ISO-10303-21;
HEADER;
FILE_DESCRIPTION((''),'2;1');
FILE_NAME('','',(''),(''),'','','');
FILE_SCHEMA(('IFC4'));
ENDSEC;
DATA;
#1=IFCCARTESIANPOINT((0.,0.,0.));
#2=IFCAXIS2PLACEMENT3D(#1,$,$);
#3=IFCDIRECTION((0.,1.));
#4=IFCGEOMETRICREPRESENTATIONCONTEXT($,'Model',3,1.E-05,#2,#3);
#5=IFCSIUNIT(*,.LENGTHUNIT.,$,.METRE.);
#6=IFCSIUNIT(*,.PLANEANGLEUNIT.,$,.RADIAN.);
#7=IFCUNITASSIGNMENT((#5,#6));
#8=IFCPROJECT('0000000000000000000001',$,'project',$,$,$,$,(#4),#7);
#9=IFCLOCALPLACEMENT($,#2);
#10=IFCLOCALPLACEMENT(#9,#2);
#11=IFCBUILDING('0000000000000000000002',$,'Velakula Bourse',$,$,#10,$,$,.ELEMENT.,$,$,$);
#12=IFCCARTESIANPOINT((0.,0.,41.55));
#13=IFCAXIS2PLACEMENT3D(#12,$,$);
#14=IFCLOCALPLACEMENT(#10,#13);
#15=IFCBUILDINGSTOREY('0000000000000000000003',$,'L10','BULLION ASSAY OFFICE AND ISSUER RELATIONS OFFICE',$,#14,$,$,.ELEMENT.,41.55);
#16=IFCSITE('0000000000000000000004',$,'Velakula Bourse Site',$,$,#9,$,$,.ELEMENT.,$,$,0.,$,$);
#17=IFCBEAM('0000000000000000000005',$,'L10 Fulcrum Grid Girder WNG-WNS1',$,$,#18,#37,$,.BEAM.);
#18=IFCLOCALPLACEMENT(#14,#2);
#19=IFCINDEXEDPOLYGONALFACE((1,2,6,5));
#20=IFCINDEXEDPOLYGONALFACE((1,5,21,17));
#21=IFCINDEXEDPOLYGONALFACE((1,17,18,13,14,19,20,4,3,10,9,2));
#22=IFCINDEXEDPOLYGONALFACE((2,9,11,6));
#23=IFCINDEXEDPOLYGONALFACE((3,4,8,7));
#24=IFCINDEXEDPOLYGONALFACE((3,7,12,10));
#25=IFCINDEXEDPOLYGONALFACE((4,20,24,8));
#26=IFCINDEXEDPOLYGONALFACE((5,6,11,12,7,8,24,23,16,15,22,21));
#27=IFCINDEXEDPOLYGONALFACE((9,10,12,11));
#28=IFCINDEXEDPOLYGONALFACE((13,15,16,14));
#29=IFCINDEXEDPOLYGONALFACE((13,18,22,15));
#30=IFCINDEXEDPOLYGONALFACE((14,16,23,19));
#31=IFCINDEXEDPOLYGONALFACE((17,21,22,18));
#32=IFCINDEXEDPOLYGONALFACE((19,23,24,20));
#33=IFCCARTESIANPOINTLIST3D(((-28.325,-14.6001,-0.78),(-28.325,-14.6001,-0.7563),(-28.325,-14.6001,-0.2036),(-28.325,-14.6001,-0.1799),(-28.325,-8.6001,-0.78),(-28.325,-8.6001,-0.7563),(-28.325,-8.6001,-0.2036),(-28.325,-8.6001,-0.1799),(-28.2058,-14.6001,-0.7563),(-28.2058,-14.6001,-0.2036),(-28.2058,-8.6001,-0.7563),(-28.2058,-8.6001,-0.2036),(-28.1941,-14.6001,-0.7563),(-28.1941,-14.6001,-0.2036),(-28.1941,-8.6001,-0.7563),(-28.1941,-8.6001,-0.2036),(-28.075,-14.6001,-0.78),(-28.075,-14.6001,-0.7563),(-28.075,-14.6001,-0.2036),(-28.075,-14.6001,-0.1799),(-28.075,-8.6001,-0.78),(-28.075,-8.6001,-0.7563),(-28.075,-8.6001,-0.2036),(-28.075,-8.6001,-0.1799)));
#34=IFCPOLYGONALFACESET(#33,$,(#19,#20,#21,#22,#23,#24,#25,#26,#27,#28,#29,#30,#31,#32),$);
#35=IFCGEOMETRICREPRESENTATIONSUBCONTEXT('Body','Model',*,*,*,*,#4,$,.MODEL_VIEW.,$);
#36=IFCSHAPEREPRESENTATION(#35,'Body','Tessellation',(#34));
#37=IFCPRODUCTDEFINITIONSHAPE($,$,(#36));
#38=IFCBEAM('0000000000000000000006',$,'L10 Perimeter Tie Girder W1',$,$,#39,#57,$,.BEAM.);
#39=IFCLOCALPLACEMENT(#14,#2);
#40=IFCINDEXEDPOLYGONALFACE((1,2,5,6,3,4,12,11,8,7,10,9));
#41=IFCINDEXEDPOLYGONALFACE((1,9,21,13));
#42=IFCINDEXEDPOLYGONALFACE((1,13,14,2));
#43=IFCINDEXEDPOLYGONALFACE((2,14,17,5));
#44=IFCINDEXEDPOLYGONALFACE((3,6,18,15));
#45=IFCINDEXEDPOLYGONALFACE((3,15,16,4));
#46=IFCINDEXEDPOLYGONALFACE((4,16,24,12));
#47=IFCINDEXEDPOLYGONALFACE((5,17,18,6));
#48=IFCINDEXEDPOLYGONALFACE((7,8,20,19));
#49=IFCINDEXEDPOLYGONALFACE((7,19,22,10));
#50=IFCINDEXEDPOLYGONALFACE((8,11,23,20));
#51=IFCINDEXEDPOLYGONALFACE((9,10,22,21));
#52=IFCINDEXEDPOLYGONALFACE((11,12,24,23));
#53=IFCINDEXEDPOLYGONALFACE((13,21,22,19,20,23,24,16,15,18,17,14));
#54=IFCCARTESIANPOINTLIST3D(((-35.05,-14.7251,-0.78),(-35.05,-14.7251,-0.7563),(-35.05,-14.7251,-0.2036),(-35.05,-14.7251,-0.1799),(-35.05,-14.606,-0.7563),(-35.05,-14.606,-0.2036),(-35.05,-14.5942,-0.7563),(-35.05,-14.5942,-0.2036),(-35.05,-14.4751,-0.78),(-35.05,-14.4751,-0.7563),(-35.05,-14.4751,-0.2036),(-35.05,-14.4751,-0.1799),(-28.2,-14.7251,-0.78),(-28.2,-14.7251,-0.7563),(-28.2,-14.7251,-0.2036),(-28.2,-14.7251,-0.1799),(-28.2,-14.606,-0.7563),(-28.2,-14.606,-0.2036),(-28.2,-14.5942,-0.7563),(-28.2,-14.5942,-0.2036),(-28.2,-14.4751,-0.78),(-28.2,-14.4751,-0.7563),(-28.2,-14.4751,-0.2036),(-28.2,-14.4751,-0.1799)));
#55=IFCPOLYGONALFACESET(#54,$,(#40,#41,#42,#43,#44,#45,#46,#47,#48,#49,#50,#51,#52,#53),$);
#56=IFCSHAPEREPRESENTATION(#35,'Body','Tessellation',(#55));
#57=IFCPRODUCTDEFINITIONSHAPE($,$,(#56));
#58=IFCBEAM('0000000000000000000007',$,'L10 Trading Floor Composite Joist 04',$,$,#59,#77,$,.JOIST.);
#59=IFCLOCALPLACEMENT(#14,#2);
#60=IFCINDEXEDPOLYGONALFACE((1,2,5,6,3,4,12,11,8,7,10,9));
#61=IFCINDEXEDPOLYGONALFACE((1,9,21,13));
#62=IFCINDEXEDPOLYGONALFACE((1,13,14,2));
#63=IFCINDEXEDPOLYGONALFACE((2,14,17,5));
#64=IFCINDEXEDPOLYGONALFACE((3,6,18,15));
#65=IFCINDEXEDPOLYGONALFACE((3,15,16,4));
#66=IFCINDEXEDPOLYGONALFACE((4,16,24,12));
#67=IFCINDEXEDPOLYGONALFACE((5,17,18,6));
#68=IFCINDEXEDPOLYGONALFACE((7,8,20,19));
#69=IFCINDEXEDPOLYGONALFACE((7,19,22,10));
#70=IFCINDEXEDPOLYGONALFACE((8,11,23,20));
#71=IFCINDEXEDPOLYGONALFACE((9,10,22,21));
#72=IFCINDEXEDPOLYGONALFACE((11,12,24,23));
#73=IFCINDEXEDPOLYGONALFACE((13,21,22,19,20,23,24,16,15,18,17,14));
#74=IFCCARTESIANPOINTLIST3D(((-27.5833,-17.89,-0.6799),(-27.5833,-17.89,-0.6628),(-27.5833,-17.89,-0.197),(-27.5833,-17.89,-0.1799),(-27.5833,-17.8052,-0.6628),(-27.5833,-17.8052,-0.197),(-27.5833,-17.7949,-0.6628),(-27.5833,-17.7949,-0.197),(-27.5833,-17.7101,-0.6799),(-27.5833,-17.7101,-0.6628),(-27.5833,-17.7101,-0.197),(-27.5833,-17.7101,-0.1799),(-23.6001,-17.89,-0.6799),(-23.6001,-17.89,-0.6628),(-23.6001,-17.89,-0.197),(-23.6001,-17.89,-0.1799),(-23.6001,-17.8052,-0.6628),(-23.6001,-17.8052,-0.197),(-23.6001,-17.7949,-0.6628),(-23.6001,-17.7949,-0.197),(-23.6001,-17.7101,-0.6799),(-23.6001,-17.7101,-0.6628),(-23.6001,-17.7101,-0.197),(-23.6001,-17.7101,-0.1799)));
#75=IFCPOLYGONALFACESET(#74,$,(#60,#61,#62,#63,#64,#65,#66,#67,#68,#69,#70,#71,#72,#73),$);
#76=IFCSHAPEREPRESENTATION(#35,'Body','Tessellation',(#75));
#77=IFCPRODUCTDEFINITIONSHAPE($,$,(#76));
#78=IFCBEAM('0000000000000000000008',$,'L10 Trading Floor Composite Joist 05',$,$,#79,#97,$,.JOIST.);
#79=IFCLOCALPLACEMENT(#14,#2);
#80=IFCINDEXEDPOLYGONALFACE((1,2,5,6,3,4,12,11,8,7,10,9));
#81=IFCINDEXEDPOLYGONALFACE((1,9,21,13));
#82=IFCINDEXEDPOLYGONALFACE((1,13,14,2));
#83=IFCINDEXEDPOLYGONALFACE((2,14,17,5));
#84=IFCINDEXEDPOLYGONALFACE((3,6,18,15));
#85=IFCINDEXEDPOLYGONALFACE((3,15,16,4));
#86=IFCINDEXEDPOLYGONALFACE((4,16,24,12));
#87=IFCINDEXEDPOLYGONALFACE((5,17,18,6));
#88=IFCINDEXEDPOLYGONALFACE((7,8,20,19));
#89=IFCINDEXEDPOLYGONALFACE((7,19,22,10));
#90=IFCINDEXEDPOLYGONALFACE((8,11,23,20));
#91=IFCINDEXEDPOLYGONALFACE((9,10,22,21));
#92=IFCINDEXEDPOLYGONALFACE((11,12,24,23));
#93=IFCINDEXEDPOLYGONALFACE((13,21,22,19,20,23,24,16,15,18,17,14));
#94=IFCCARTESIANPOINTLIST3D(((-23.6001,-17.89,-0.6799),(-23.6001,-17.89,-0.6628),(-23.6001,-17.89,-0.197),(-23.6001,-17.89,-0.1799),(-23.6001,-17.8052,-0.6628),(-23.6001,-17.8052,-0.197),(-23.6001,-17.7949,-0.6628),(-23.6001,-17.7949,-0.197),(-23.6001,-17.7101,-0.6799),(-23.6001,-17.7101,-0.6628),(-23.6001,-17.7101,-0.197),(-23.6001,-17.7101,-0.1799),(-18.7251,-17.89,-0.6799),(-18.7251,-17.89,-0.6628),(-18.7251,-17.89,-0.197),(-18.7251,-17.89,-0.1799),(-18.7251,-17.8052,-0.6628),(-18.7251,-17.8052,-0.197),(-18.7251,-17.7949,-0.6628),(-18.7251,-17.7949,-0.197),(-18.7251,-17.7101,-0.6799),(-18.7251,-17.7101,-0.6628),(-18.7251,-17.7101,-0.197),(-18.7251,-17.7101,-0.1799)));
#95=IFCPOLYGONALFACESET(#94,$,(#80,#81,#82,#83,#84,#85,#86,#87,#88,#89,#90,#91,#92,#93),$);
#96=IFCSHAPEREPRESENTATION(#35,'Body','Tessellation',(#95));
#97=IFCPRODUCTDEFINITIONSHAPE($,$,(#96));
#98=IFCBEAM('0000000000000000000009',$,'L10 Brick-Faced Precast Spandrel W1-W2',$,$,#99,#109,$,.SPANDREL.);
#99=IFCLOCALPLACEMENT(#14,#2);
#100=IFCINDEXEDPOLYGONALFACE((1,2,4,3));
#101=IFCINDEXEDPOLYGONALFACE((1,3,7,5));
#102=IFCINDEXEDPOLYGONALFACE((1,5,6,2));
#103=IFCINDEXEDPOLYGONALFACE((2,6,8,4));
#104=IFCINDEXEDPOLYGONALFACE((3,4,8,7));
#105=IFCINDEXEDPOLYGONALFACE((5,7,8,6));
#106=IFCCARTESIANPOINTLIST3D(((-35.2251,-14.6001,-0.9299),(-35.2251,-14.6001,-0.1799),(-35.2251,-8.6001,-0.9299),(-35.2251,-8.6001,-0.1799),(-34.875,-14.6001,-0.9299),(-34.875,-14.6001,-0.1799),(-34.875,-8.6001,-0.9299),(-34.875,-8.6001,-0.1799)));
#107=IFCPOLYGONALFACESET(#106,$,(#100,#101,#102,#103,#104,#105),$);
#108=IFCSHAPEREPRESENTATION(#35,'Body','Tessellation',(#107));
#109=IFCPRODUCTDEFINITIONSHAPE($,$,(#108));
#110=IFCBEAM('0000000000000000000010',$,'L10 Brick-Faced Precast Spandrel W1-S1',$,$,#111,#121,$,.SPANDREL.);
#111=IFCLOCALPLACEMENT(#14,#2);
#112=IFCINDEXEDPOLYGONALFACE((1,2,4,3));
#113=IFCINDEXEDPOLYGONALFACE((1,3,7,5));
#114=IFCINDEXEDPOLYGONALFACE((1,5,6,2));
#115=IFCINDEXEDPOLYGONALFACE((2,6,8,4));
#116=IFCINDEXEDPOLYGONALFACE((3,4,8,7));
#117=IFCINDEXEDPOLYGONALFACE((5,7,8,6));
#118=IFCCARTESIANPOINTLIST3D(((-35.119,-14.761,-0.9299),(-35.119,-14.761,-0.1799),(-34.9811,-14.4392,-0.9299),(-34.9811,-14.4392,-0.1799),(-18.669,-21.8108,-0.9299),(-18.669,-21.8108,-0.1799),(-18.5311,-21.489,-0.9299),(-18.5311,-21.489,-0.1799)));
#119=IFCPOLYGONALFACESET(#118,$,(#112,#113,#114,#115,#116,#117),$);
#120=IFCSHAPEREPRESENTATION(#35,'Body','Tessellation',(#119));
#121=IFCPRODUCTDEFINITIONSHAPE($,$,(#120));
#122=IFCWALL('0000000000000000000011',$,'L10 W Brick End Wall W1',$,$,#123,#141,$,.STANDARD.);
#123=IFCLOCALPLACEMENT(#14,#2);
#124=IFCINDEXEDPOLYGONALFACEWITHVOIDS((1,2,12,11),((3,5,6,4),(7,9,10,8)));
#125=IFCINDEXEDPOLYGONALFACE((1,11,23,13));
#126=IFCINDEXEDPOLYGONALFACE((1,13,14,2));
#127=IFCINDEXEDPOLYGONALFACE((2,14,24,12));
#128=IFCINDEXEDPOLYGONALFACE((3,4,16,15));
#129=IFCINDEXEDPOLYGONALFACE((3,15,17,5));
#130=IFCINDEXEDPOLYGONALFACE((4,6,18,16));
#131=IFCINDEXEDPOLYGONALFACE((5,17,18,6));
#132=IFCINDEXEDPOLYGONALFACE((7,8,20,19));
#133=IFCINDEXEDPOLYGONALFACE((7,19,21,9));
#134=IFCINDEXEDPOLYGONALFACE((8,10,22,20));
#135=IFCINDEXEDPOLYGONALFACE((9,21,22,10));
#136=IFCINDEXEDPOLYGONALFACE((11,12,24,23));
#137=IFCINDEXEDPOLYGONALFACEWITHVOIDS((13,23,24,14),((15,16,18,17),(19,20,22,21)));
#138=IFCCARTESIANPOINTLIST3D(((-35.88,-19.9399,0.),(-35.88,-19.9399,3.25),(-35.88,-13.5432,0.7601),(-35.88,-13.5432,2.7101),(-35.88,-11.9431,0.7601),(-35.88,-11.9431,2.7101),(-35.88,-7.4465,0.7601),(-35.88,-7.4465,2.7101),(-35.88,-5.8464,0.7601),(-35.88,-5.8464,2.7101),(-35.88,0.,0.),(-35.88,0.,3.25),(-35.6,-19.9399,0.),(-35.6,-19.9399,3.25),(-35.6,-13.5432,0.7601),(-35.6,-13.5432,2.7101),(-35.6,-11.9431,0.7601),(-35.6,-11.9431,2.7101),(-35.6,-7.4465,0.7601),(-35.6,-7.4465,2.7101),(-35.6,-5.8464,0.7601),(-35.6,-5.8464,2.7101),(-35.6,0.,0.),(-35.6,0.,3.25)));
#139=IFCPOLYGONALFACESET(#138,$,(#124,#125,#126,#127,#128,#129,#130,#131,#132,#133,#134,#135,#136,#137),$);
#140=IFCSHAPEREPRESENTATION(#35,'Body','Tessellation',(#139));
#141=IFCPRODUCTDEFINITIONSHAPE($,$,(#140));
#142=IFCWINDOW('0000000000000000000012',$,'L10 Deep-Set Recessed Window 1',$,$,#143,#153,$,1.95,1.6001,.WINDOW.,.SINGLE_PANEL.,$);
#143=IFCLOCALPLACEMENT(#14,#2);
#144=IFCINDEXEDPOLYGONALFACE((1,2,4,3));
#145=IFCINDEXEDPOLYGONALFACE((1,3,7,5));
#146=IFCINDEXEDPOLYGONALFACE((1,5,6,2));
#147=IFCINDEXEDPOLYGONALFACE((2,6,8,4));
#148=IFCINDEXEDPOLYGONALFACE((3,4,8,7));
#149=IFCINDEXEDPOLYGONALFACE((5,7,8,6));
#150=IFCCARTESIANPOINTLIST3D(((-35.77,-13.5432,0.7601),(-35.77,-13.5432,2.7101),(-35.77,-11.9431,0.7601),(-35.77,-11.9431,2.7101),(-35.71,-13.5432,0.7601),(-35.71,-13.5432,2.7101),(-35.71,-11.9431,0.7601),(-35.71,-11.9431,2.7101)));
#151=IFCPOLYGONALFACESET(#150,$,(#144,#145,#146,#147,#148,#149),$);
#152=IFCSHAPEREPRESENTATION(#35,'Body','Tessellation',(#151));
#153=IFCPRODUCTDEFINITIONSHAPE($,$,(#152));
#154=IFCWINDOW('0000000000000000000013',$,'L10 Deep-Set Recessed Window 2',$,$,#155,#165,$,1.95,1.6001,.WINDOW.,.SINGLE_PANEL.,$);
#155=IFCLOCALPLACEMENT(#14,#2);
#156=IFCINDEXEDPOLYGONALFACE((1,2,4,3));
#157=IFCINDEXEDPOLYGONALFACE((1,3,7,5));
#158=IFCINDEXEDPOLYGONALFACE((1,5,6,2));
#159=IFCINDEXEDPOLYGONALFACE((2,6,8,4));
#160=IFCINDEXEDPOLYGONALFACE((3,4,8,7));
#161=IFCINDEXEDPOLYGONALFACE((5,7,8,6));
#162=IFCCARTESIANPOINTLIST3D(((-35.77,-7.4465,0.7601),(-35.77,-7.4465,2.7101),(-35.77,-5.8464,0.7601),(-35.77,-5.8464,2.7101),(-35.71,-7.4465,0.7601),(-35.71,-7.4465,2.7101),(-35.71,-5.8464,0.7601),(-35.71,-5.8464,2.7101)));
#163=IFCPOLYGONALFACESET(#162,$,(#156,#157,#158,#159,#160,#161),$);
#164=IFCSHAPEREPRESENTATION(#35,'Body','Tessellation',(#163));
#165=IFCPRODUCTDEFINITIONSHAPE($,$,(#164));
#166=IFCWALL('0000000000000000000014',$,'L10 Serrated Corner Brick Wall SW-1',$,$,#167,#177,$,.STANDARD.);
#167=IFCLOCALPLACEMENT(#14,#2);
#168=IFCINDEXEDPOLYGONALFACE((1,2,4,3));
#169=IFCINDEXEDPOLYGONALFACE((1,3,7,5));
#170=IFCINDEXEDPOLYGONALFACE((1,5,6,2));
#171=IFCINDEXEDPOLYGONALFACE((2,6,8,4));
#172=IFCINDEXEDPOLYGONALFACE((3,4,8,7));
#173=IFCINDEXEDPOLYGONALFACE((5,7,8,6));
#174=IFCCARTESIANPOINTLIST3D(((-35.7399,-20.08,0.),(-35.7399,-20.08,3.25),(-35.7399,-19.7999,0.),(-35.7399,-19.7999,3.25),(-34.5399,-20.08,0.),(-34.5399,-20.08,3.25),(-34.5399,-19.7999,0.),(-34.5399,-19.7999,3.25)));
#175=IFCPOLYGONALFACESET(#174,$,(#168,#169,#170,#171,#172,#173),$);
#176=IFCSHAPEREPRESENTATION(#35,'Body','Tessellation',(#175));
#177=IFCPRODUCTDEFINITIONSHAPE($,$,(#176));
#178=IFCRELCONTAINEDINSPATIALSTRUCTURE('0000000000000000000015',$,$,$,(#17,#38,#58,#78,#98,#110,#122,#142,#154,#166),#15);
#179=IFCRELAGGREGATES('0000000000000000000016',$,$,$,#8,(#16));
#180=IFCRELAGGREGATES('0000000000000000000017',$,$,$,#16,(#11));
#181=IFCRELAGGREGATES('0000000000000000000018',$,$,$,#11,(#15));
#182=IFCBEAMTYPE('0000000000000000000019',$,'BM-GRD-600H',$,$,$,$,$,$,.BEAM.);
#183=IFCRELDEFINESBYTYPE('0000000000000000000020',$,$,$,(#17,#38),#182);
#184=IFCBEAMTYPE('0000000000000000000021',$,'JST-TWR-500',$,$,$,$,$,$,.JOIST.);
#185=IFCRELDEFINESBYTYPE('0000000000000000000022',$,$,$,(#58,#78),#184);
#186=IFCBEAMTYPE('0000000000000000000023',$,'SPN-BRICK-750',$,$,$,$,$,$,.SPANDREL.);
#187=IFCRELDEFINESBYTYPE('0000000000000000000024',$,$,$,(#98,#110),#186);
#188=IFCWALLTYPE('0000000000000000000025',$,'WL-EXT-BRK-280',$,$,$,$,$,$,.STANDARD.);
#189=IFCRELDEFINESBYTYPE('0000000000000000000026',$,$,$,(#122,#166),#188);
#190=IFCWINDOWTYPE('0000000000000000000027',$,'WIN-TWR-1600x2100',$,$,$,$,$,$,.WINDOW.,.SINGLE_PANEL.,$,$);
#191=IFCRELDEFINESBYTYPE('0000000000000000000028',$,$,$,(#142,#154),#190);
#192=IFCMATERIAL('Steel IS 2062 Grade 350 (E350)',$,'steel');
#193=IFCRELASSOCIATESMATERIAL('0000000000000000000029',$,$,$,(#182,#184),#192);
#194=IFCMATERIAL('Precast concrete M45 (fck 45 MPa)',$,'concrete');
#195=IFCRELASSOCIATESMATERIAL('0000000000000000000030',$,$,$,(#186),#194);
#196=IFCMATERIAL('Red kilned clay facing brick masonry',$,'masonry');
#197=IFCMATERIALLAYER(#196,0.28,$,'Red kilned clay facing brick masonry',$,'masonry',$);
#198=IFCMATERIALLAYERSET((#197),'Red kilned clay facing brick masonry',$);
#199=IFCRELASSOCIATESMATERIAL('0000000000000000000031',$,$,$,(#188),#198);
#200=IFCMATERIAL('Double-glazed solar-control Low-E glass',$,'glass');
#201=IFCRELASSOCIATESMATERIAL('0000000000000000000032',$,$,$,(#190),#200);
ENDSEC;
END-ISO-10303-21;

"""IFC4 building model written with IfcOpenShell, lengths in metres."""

from ifc_helpers import new_model, si_unit, direction, frame, frame_2d, origin, origin_2d, place, context, subcontext, project, spatial, rectangle, i_section, extrude, material, layer, layer_set, material_profile, profile_set, type_object, element, fill, save


model = new_model("IFC4")

# Units and contexts
model_context = context("Model", 3, precision=1e-05, world=origin(), true_north=direction((0.0, 1.0)))
body_context = subcontext(model_context, "Body", "Model", "MODEL_VIEW")
ifc_project = project(units=[si_unit("LENGTHUNIT", "METRE"), si_unit("PLANEANGLEUNIT", "RADIAN")], contexts=[model_context])

# Site, building, storey
site_placement = place(None, origin())
site = spatial("IfcSite", under=ifc_project, at=site_placement, Name="Velakula Bourse Site", CompositionType="ELEMENT", RefElevation=0.0)
building_placement = place(site_placement, origin())
building = spatial("IfcBuilding", under=site, at=building_placement, Name="Velakula Bourse", CompositionType="ELEMENT")
storey_placement = place(building_placement, frame((0.0, 0.0, 41.55)))
storey = spatial("IfcBuildingStorey", under=building, at=storey_placement, Name="L10", Description="BULLION ASSAY OFFICE AND ISSUER RELATIONS OFFICE", CompositionType="ELEMENT", Elevation=41.55)

# Shared definitions
ifc_material_1 = material(Name="Precast concrete M45 (fck 45 MPa)", Category="concrete")

# Beams
ifc_material_2 = material(Name="Steel IS 2062 Grade 350 (E350)", Category="steel")
ifc_material_profile_1 = material_profile(ifc_material_2, i_section(OverallWidth=0.25, OverallDepth=0.6001, WebThickness=0.0117, FlangeThickness=0.0237, at=origin_2d()), Name="Steel IS 2062 Grade 350 (E350)")
ifc_profile_set_1 = profile_set([ifc_material_profile_1], Name="Steel IS 2062 Grade 350 (E350)")
beam_type_1 = type_object("IfcBeamType", Name="BM-GRD-600H", PredefinedType="BEAM", material=ifc_profile_set_1)
beam_1_placement = place(storey_placement, frame((-28.2, -14.6001, -0.48), z_axis=(0.0, 1.0, 0.0), x_axis=(-1.0, 0.0, 0.0)))
element("IfcBeam", 1, at=beam_1_placement, inside=storey, type_object=beam_type_1, Name="L10 Fulcrum Grid Girder WNG-WNS1", PredefinedType="BEAM", context=body_context, shape_type="SweptSolid", body=[
    extrude(i_section(OverallWidth=0.25, OverallDepth=0.6001, WebThickness=0.0117, FlangeThickness=0.0237, at=origin_2d()), origin(), (0.0, 0.0, 1.0), 6.0),
])
beam_2_placement = place(storey_placement, frame((-28.2, -14.6001, -0.48), z_axis=(-1.0, 0.0, 0.0), x_axis=(0.0, -1.0, 0.0)))
element("IfcBeam", 2, at=beam_2_placement, inside=storey, type_object=beam_type_1, Name="L10 Perimeter Tie Girder W1", PredefinedType="BEAM", context=body_context, shape_type="SweptSolid", body=[
    extrude(i_section(OverallWidth=0.25, OverallDepth=0.6001, WebThickness=0.0117, FlangeThickness=0.0237, at=origin_2d()), origin(), (0.0, 0.0, 1.0), 6.8501),
])
ifc_material_profile_2 = material_profile(ifc_material_2, i_section(OverallWidth=0.1799, OverallDepth=0.5, WebThickness=0.0103, FlangeThickness=0.0171, at=origin_2d()), Name="Steel IS 2062 Grade 350 (E350)")
ifc_profile_set_2 = profile_set([ifc_material_profile_2], Name="Steel IS 2062 Grade 350 (E350)")
beam_type_2 = type_object("IfcBeamType", Name="JST-TWR-500", PredefinedType="JOIST", material=ifc_profile_set_2)
beam_3_placement = place(storey_placement, frame((-27.5833, -17.8, -0.4299), z_axis=(1.0, 0.0, 0.0), x_axis=(0.0, 1.0, 0.0)))
element("IfcBeam", 3, at=beam_3_placement, inside=storey, type_object=beam_type_2, Name="L10 Trading Floor Composite Joist 04", PredefinedType="JOIST", context=body_context, shape_type="SweptSolid", body=[
    extrude(i_section(OverallWidth=0.1799, OverallDepth=0.5, WebThickness=0.0103, FlangeThickness=0.0171, at=origin_2d()), origin(), (0.0, 0.0, 1.0), 3.9832),
])
beam_4_placement = place(storey_placement, frame((-23.6001, -17.8, -0.4299), z_axis=(1.0, 0.0, 0.0), x_axis=(0.0, 1.0, 0.0)))
element("IfcBeam", 4, at=beam_4_placement, inside=storey, type_object=beam_type_2, Name="L10 Trading Floor Composite Joist 05", PredefinedType="JOIST", context=body_context, shape_type="SweptSolid", body=[
    extrude(i_section(OverallWidth=0.1799, OverallDepth=0.5, WebThickness=0.0103, FlangeThickness=0.0171, at=origin_2d()), origin(), (0.0, 0.0, 1.0), 4.875),
])
ifc_material_profile_3 = material_profile(ifc_material_1, rectangle(XDim=0.3501, YDim=0.75, at=origin_2d()), Name="Precast concrete M45 (fck 45 MPa)")
ifc_profile_set_3 = profile_set([ifc_material_profile_3], Name="Precast concrete M45 (fck 45 MPa)")
beam_type_3 = type_object("IfcBeamType", Name="SPN-BRICK-750", PredefinedType="SPANDREL", material=ifc_profile_set_3)
beam_5_placement = place(storey_placement, frame((-35.05, -14.6001, -0.5549), z_axis=(0.0, 1.0, 0.0), x_axis=(-1.0, 0.0, 0.0)))
element("IfcBeam", 5, at=beam_5_placement, inside=storey, type_object=beam_type_3, Name="L10 Brick-Faced Precast Spandrel W1-W2", PredefinedType="SPANDREL", context=body_context, shape_type="SweptSolid", body=[
    extrude(rectangle(XDim=0.3501, YDim=0.75, at=origin_2d()), origin(), (0.0, 0.0, 1.0), 6.0),
])
beam_6_placement = place(storey_placement, frame((-35.05, -14.6001, -0.5549), z_axis=(0.919149, -0.393911, 0.0), x_axis=(0.393911, 0.919149, 0.0)))
element("IfcBeam", 6, at=beam_6_placement, inside=storey, type_object=beam_type_3, Name="L10 Brick-Faced Precast Spandrel W1-S1", PredefinedType="SPANDREL", context=body_context, shape_type="SweptSolid", body=[
    extrude(rectangle(XDim=0.3501, YDim=0.75, at=origin_2d()), origin(), (0.0, 0.0, 1.0), 17.897),
])

# Wall, openings, windows
ifc_material_3 = material(Name="Red kilned clay facing brick masonry", Category="masonry")
ifc_layer_1 = layer(ifc_material_3, 0.28, Name="Red kilned clay facing brick masonry", Category="masonry")
ifc_layer_set_1 = layer_set([ifc_layer_1], Name="Red kilned clay facing brick masonry")
wall_type_1 = type_object("IfcWallType", Name="WL-EXT-BRK-280", PredefinedType="STANDARD", material=ifc_layer_set_1)
wall_1_placement = place(storey_placement, frame((-35.74, -19.9399, 0.0), z_axis=(0.0, 0.0, 1.0), x_axis=(0.0, 1.0, 0.0)))
wall_1 = element("IfcWall", 7, at=wall_1_placement, inside=storey, type_object=wall_type_1, Name="L10 W Brick End Wall W1", PredefinedType="STANDARD", context=body_context, shape_type="SweptSolid", body=[
    extrude(rectangle(XDim=19.9399, YDim=0.28, at=frame_2d((9.97, 0.0))), origin(), (0.0, 0.0, 1.0), 3.25),
])
opening_1_placement = place(wall_1_placement, frame((6.3967, 0.0, 0.76)))
opening_1 = element("IfcOpeningElement", 8, at=opening_1_placement, cuts=wall_1, PredefinedType="OPENING", context=body_context, shape_type="SweptSolid", body=[
    extrude(rectangle(XDim=1.6001, YDim=1.95, at=frame_2d((0.8, 0.9751))), frame((0.0, 0.1499, 0.0), z_axis=(0.0, -1.0, 0.0), x_axis=(1.0, 0.0, 0.0)), (0.0, 0.0, 1.0), 0.3),
])
opening_2_placement = place(wall_1_placement, frame((12.4934, 0.0, 0.76)))
opening_2 = element("IfcOpeningElement", 9, at=opening_2_placement, cuts=wall_1, PredefinedType="OPENING", context=body_context, shape_type="SweptSolid", body=[
    extrude(rectangle(XDim=1.6001, YDim=1.95, at=frame_2d((0.8, 0.9751))), frame((0.0, 0.1499, 0.0), z_axis=(0.0, -1.0, 0.0), x_axis=(1.0, 0.0, 0.0)), (0.0, 0.0, 1.0), 0.3),
])
ifc_material_4 = material(Name="Double-glazed solar-control Low-E glass", Category="glass")
window_type = type_object("IfcWindowType", Name="WIN-TWR-1600x2100", PartitioningType="SINGLE_PANEL", PredefinedType="WINDOW", material=ifc_material_4)
window_1_placement = place(opening_1_placement, origin())
window_1 = element("IfcWindow", 10, at=window_1_placement, inside=storey, type_object=window_type, Name="L10 Deep-Set Recessed Window 1", OverallHeight=1.95, OverallWidth=1.6001, PartitioningType="SINGLE_PANEL", PredefinedType="WINDOW", context=body_context, shape_type="SweptSolid", body=[
    extrude(rectangle(XDim=1.6001, YDim=1.95, at=frame_2d((0.8, 0.9751))), frame((0.0, 0.03, 0.0), z_axis=(0.0, -1.0, 0.0), x_axis=(1.0, 0.0, 0.0)), (0.0, 0.0, 1.0), 0.0601),
])
fill(opening_1, window_1)
window_2_placement = place(opening_2_placement, origin())
window_2 = element("IfcWindow", 11, at=window_2_placement, inside=storey, type_object=window_type, Name="L10 Deep-Set Recessed Window 2", OverallHeight=1.95, OverallWidth=1.6001, PartitioningType="SINGLE_PANEL", PredefinedType="WINDOW", context=body_context, shape_type="SweptSolid", body=[
    extrude(rectangle(XDim=1.6001, YDim=1.95, at=frame_2d((0.8, 0.9751))), frame((0.0, 0.03, 0.0), z_axis=(0.0, -1.0, 0.0), x_axis=(1.0, 0.0, 0.0)), (0.0, 0.0, 1.0), 0.0601),
])
fill(opening_2, window_2)

# Wall
for number, where, z_axis, x_axis, name in (
    (12, (-35.74, -19.9399, 0.0), (0.0, 0.0, 1.0), (1.0, 0.0, 0.0), "L10 Serrated Corner Brick Wall SW-1"),
):
    element("IfcWall", number, at=place(storey_placement, frame(where, z_axis=z_axis, x_axis=x_axis)), inside=storey, type_object=wall_type_1, Name=name, PredefinedType="STANDARD", context=body_context, shape_type="SweptSolid", body=[
        extrude(rectangle(XDim=1.2, YDim=0.28, at=frame_2d((0.6001, 0.0))), origin(), (0.0, 0.0, 1.0), 3.25),
    ])

save(model, "model.ifc")
